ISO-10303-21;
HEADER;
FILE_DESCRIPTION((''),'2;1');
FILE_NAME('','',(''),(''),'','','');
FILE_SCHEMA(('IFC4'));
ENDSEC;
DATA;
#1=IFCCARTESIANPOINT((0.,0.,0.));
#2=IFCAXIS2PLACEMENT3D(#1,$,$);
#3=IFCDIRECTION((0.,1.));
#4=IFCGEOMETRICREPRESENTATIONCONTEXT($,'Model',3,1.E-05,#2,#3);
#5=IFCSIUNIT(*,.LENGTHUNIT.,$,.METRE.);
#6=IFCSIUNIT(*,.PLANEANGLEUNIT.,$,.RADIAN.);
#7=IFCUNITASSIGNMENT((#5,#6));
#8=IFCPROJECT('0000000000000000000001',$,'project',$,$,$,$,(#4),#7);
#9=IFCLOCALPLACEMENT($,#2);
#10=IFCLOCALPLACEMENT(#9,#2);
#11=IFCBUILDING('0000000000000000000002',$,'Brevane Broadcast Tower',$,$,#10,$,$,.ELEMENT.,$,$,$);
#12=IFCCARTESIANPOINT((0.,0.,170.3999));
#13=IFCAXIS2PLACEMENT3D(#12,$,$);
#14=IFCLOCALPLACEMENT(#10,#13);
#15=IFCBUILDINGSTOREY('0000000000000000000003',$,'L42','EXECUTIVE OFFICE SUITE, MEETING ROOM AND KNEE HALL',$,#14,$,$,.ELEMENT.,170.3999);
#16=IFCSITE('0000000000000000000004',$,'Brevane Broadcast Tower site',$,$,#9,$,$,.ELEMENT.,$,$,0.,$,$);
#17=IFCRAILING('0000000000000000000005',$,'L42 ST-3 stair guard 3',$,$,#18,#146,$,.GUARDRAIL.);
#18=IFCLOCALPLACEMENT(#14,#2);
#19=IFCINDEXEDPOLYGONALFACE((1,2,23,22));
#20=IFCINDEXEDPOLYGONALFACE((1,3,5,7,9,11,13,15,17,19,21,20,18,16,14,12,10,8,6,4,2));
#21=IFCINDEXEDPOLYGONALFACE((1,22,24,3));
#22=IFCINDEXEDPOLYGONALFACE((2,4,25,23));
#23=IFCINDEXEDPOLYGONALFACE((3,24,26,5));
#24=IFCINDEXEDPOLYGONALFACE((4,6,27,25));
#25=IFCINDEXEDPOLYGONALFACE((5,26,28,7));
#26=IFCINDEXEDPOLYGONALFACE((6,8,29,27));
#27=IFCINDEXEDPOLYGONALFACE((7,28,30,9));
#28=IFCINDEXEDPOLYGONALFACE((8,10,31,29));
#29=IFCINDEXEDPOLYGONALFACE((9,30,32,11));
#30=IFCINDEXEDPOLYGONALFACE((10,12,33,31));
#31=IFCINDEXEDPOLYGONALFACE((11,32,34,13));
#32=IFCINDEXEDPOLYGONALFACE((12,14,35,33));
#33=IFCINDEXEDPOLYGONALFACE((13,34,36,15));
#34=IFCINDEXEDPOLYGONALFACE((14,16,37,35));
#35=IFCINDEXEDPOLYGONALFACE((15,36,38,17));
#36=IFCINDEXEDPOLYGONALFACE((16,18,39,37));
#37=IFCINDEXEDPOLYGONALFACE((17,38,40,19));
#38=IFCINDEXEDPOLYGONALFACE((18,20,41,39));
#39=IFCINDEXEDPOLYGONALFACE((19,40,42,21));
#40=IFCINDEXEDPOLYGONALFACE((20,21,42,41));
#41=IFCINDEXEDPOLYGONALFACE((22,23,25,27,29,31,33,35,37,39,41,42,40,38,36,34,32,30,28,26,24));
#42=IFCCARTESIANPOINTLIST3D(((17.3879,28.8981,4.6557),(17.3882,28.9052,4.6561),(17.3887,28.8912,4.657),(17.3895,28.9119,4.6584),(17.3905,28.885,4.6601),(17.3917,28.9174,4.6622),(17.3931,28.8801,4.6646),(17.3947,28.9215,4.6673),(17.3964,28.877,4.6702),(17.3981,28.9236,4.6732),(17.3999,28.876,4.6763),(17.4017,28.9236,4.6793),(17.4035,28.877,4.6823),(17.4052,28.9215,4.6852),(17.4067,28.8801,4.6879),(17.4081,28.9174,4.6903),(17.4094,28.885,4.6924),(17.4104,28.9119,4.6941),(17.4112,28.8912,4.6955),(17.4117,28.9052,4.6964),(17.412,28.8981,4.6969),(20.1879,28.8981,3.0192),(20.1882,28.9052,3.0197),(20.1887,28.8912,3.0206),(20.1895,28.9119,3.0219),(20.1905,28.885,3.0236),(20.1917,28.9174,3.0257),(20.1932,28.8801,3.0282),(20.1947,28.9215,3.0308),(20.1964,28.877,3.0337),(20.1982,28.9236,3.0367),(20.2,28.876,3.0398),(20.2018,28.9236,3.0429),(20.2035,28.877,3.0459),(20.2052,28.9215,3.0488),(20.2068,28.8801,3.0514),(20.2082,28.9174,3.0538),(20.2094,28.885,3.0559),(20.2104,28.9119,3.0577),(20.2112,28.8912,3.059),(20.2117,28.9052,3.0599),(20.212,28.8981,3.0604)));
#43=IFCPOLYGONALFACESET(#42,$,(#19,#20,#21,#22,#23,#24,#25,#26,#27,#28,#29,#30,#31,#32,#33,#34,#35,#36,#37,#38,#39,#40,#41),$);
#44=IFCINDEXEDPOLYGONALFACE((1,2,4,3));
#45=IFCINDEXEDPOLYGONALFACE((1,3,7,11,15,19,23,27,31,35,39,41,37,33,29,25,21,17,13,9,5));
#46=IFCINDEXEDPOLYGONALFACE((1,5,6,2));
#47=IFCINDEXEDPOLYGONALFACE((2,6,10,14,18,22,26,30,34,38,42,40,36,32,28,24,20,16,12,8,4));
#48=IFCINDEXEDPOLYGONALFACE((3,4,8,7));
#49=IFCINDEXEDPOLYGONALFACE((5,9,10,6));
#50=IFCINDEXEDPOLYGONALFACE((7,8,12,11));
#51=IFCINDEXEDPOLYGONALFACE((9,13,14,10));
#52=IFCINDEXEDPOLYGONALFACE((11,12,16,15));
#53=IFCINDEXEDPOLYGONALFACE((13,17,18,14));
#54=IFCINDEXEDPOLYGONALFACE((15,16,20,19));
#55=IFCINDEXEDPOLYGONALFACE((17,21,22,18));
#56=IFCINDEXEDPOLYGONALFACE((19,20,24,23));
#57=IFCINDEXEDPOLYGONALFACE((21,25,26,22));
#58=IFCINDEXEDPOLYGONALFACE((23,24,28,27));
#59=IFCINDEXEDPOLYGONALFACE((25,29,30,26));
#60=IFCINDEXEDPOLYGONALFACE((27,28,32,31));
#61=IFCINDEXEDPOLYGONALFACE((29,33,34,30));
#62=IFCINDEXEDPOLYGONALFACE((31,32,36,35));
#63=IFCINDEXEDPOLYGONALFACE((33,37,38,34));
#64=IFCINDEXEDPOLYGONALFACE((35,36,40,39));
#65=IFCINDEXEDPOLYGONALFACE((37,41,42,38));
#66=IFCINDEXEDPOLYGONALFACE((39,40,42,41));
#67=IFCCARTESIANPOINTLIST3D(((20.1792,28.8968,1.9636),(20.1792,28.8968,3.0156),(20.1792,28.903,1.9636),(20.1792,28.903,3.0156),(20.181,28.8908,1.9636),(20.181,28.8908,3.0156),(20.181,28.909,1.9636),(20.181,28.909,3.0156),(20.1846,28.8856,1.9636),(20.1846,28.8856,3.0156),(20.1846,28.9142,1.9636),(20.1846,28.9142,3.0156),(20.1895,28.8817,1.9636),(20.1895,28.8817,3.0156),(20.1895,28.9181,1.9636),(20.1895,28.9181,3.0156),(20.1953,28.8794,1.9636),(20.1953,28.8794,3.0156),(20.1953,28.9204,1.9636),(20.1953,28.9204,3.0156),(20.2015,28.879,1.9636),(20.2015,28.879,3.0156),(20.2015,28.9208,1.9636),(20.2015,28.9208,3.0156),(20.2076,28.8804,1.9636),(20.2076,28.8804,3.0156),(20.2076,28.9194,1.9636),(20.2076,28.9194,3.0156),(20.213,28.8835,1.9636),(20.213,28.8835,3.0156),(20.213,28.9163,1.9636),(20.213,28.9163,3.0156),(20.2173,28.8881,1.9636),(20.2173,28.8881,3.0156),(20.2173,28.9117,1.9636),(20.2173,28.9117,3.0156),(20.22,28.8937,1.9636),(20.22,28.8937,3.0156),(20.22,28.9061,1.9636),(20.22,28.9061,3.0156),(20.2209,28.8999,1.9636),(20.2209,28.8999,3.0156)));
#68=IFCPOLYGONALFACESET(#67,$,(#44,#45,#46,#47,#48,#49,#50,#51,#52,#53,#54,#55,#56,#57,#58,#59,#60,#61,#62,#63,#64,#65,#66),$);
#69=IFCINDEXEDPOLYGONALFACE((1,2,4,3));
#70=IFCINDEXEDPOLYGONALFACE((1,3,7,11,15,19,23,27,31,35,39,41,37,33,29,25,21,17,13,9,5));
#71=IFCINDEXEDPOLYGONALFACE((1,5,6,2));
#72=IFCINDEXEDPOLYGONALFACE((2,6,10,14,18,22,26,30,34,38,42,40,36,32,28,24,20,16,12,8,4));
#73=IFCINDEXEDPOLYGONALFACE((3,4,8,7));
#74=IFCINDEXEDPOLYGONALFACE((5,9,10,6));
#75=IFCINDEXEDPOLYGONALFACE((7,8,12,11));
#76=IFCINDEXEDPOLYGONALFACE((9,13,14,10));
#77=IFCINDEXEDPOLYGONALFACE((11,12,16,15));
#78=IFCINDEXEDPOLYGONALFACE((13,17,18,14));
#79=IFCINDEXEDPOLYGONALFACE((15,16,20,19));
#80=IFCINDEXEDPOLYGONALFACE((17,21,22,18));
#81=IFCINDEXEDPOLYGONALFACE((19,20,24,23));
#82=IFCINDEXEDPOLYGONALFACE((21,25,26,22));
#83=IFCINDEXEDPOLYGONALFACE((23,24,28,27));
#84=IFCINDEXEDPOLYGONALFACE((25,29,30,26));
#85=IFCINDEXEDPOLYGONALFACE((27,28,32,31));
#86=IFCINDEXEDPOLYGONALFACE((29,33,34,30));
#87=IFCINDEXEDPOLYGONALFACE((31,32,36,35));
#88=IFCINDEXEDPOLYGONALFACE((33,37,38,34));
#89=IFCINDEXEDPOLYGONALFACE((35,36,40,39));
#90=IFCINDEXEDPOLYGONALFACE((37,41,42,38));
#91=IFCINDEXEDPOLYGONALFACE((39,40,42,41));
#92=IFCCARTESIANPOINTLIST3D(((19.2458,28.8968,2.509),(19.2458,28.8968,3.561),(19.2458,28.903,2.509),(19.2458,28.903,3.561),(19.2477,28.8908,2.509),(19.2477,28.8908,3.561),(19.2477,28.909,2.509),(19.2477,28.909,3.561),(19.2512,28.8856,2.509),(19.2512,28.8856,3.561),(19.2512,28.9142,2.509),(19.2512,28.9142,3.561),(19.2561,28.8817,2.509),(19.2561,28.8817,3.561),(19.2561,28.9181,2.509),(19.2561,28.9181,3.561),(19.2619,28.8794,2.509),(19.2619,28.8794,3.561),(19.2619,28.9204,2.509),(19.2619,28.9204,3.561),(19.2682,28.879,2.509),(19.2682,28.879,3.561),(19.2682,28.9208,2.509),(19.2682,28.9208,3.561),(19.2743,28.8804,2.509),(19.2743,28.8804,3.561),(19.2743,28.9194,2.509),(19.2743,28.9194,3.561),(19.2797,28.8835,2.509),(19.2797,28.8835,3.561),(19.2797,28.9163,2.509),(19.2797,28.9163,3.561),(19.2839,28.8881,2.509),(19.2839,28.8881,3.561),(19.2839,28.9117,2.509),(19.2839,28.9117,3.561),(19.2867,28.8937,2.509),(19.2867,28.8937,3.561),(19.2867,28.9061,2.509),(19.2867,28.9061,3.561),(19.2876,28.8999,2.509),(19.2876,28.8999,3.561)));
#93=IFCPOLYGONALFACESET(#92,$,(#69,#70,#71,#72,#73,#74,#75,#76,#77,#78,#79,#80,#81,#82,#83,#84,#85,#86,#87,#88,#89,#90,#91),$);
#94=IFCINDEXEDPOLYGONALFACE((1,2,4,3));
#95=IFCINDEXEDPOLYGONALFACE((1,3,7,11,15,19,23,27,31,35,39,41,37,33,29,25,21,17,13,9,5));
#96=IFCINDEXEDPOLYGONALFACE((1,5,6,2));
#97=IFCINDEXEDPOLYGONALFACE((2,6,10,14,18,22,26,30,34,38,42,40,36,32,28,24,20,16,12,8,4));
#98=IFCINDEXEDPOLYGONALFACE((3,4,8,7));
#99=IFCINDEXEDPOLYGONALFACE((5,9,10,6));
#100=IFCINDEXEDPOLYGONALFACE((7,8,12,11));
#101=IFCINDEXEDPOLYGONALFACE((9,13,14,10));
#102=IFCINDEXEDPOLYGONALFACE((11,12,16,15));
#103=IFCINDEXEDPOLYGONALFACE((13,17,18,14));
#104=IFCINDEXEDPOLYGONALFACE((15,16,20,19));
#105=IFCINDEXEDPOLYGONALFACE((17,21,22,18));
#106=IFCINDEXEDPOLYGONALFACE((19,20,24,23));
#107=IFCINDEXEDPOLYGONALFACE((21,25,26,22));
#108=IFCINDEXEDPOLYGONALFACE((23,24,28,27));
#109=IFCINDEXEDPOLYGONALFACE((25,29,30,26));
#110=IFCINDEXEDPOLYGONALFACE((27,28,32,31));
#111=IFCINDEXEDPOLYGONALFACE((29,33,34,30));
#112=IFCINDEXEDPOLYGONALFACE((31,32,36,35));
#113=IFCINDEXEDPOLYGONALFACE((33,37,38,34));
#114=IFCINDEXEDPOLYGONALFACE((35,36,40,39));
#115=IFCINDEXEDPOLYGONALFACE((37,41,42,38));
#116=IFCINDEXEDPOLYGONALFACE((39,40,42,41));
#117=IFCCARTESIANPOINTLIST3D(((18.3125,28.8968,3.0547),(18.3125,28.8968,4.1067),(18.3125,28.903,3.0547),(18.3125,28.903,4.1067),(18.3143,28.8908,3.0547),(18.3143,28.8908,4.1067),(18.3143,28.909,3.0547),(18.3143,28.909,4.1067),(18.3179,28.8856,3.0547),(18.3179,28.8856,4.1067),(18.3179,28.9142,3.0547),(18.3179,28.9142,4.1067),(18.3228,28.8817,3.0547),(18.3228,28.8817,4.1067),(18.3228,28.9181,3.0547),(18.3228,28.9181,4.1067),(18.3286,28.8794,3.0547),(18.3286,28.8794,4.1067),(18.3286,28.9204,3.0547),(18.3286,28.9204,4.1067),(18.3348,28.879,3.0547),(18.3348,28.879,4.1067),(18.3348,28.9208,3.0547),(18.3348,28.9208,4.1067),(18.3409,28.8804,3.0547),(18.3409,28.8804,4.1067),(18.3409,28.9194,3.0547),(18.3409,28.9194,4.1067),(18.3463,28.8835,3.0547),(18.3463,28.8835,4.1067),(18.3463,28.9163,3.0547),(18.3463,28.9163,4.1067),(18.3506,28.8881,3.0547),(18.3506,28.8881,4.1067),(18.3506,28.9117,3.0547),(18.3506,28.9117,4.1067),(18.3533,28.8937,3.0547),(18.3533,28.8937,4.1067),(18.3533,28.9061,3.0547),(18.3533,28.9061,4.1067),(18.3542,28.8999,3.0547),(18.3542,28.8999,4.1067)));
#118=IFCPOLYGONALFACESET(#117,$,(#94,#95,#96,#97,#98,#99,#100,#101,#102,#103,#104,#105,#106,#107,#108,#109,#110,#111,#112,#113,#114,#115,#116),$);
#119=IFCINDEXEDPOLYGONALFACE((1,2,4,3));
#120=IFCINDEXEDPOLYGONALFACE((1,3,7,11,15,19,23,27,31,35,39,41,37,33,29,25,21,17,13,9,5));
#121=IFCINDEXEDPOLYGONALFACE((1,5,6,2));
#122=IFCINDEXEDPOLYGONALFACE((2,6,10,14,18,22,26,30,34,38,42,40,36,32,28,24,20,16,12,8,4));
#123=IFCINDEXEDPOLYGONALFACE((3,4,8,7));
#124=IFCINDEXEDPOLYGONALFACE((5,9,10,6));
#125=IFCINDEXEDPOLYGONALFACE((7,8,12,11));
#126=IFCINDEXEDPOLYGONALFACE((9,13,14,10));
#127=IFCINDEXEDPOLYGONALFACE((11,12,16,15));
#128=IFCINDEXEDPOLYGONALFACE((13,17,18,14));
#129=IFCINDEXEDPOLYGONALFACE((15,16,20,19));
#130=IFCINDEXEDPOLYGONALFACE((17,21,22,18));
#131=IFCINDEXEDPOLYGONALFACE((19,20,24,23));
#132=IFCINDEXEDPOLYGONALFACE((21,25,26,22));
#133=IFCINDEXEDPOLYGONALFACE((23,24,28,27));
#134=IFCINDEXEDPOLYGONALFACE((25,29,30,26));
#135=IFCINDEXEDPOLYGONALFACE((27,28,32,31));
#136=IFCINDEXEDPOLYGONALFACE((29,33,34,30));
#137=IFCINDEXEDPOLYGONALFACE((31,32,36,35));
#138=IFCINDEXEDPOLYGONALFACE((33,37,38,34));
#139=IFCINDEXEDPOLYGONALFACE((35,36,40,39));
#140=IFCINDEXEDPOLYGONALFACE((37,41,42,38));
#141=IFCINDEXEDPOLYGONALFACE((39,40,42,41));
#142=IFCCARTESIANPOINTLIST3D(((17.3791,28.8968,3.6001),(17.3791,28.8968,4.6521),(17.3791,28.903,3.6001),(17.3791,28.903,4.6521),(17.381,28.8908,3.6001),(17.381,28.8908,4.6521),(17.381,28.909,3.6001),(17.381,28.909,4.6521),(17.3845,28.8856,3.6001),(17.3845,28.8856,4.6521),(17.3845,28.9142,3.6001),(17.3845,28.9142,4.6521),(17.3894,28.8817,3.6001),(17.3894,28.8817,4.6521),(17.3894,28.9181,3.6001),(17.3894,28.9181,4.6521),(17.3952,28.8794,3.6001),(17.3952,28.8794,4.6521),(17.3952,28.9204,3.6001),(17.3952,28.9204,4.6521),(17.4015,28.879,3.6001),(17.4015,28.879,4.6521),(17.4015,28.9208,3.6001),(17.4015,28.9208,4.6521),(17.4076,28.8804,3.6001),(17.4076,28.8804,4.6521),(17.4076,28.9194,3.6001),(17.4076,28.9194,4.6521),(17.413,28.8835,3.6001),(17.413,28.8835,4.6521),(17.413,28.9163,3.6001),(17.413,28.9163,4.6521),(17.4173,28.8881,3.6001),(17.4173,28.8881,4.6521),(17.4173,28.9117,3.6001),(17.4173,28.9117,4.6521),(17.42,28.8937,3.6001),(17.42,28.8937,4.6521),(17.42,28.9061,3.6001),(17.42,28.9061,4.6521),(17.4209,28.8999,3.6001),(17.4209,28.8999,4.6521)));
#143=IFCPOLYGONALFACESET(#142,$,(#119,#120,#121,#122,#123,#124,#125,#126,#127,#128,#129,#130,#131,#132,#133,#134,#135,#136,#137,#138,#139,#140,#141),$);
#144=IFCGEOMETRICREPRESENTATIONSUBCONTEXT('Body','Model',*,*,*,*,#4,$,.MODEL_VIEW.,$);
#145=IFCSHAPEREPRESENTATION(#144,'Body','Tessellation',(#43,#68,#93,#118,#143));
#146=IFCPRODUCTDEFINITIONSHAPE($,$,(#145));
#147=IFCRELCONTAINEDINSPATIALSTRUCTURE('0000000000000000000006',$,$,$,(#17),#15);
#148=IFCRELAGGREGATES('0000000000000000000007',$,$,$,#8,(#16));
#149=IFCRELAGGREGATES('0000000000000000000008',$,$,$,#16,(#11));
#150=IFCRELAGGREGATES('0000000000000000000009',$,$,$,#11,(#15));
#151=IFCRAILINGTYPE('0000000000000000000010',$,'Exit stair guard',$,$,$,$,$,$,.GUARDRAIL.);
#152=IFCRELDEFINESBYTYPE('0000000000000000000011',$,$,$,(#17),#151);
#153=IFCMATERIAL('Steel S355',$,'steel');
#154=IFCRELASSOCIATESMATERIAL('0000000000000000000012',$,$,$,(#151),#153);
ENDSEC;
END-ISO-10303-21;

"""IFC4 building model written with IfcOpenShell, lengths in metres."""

from ifc_helpers import new_model, si_unit, direction, frame, origin, origin_2d, place, context, subcontext, project, spatial, circle, extrude, material, type_object, element, save


model = new_model("IFC4")

# Units and contexts
model_context = context("Model", 3, precision=1e-05, world=origin(), true_north=direction((0.0, 1.0)))
body_context = subcontext(model_context, "Body", "Model", "MODEL_VIEW")
ifc_project = project(units=[si_unit("LENGTHUNIT", "METRE"), si_unit("PLANEANGLEUNIT", "RADIAN")], contexts=[model_context])

# Site, building, storey
site_placement = place(None, origin())
site = spatial("IfcSite", under=ifc_project, at=site_placement, Name="Brevane Broadcast Tower site", CompositionType="ELEMENT", RefElevation=0.0)
building_placement = place(site_placement, origin())
building = spatial("IfcBuilding", under=site, at=building_placement, Name="Brevane Broadcast Tower", CompositionType="ELEMENT")
storey_placement = place(building_placement, frame((0.0, 0.0, 170.3999)))
storey = spatial("IfcBuildingStorey", under=building, at=storey_placement, Name="L42", Description="EXECUTIVE OFFICE SUITE, MEETING ROOM AND KNEE HALL", CompositionType="ELEMENT", Elevation=170.3999)

# Railing
ifc_material_1 = material(Name="Steel S355", Category="steel")
railing_type_1 = type_object("IfcRailingType", Name="Exit stair guard", PredefinedType="GUARDRAIL", material=ifc_material_1)
railing_1_placement = place(storey_placement, frame((20.2, 28.8999, 1.9636)))
element("IfcRailing", 1, at=railing_1_placement, inside=storey, type_object=railing_type_1, Name="L42 ST-3 stair guard 3", PredefinedType="GUARDRAIL", context=body_context, shape_type="SweptSolid", body=[
    extrude(circle(Radius=0.0239, at=origin_2d()), frame((0.0, 0.0, 1.0762), z_axis=(-0.863361, 0.0, 0.504587), x_axis=(0.0, -1.0, 0.0)), (0.0, 0.0, 1.0), 3.2432),
    extrude(circle(Radius=0.021, at=origin_2d()), origin(), (0.0, 0.0, 1.0), 1.052),
    extrude(circle(Radius=0.021, at=origin_2d()), frame((-0.9333, 0.0, 0.5454)), (0.0, 0.0, 1.0), 1.052),
    extrude(circle(Radius=0.021, at=origin_2d()), frame((-1.8667, 0.0, 1.0911)), (0.0, 0.0, 1.0), 1.052),
    extrude(circle(Radius=0.021, at=origin_2d()), frame((-2.8, 0.0, 1.6365)), (0.0, 0.0, 1.0), 1.052),
])

save(model, "model.ifc")
